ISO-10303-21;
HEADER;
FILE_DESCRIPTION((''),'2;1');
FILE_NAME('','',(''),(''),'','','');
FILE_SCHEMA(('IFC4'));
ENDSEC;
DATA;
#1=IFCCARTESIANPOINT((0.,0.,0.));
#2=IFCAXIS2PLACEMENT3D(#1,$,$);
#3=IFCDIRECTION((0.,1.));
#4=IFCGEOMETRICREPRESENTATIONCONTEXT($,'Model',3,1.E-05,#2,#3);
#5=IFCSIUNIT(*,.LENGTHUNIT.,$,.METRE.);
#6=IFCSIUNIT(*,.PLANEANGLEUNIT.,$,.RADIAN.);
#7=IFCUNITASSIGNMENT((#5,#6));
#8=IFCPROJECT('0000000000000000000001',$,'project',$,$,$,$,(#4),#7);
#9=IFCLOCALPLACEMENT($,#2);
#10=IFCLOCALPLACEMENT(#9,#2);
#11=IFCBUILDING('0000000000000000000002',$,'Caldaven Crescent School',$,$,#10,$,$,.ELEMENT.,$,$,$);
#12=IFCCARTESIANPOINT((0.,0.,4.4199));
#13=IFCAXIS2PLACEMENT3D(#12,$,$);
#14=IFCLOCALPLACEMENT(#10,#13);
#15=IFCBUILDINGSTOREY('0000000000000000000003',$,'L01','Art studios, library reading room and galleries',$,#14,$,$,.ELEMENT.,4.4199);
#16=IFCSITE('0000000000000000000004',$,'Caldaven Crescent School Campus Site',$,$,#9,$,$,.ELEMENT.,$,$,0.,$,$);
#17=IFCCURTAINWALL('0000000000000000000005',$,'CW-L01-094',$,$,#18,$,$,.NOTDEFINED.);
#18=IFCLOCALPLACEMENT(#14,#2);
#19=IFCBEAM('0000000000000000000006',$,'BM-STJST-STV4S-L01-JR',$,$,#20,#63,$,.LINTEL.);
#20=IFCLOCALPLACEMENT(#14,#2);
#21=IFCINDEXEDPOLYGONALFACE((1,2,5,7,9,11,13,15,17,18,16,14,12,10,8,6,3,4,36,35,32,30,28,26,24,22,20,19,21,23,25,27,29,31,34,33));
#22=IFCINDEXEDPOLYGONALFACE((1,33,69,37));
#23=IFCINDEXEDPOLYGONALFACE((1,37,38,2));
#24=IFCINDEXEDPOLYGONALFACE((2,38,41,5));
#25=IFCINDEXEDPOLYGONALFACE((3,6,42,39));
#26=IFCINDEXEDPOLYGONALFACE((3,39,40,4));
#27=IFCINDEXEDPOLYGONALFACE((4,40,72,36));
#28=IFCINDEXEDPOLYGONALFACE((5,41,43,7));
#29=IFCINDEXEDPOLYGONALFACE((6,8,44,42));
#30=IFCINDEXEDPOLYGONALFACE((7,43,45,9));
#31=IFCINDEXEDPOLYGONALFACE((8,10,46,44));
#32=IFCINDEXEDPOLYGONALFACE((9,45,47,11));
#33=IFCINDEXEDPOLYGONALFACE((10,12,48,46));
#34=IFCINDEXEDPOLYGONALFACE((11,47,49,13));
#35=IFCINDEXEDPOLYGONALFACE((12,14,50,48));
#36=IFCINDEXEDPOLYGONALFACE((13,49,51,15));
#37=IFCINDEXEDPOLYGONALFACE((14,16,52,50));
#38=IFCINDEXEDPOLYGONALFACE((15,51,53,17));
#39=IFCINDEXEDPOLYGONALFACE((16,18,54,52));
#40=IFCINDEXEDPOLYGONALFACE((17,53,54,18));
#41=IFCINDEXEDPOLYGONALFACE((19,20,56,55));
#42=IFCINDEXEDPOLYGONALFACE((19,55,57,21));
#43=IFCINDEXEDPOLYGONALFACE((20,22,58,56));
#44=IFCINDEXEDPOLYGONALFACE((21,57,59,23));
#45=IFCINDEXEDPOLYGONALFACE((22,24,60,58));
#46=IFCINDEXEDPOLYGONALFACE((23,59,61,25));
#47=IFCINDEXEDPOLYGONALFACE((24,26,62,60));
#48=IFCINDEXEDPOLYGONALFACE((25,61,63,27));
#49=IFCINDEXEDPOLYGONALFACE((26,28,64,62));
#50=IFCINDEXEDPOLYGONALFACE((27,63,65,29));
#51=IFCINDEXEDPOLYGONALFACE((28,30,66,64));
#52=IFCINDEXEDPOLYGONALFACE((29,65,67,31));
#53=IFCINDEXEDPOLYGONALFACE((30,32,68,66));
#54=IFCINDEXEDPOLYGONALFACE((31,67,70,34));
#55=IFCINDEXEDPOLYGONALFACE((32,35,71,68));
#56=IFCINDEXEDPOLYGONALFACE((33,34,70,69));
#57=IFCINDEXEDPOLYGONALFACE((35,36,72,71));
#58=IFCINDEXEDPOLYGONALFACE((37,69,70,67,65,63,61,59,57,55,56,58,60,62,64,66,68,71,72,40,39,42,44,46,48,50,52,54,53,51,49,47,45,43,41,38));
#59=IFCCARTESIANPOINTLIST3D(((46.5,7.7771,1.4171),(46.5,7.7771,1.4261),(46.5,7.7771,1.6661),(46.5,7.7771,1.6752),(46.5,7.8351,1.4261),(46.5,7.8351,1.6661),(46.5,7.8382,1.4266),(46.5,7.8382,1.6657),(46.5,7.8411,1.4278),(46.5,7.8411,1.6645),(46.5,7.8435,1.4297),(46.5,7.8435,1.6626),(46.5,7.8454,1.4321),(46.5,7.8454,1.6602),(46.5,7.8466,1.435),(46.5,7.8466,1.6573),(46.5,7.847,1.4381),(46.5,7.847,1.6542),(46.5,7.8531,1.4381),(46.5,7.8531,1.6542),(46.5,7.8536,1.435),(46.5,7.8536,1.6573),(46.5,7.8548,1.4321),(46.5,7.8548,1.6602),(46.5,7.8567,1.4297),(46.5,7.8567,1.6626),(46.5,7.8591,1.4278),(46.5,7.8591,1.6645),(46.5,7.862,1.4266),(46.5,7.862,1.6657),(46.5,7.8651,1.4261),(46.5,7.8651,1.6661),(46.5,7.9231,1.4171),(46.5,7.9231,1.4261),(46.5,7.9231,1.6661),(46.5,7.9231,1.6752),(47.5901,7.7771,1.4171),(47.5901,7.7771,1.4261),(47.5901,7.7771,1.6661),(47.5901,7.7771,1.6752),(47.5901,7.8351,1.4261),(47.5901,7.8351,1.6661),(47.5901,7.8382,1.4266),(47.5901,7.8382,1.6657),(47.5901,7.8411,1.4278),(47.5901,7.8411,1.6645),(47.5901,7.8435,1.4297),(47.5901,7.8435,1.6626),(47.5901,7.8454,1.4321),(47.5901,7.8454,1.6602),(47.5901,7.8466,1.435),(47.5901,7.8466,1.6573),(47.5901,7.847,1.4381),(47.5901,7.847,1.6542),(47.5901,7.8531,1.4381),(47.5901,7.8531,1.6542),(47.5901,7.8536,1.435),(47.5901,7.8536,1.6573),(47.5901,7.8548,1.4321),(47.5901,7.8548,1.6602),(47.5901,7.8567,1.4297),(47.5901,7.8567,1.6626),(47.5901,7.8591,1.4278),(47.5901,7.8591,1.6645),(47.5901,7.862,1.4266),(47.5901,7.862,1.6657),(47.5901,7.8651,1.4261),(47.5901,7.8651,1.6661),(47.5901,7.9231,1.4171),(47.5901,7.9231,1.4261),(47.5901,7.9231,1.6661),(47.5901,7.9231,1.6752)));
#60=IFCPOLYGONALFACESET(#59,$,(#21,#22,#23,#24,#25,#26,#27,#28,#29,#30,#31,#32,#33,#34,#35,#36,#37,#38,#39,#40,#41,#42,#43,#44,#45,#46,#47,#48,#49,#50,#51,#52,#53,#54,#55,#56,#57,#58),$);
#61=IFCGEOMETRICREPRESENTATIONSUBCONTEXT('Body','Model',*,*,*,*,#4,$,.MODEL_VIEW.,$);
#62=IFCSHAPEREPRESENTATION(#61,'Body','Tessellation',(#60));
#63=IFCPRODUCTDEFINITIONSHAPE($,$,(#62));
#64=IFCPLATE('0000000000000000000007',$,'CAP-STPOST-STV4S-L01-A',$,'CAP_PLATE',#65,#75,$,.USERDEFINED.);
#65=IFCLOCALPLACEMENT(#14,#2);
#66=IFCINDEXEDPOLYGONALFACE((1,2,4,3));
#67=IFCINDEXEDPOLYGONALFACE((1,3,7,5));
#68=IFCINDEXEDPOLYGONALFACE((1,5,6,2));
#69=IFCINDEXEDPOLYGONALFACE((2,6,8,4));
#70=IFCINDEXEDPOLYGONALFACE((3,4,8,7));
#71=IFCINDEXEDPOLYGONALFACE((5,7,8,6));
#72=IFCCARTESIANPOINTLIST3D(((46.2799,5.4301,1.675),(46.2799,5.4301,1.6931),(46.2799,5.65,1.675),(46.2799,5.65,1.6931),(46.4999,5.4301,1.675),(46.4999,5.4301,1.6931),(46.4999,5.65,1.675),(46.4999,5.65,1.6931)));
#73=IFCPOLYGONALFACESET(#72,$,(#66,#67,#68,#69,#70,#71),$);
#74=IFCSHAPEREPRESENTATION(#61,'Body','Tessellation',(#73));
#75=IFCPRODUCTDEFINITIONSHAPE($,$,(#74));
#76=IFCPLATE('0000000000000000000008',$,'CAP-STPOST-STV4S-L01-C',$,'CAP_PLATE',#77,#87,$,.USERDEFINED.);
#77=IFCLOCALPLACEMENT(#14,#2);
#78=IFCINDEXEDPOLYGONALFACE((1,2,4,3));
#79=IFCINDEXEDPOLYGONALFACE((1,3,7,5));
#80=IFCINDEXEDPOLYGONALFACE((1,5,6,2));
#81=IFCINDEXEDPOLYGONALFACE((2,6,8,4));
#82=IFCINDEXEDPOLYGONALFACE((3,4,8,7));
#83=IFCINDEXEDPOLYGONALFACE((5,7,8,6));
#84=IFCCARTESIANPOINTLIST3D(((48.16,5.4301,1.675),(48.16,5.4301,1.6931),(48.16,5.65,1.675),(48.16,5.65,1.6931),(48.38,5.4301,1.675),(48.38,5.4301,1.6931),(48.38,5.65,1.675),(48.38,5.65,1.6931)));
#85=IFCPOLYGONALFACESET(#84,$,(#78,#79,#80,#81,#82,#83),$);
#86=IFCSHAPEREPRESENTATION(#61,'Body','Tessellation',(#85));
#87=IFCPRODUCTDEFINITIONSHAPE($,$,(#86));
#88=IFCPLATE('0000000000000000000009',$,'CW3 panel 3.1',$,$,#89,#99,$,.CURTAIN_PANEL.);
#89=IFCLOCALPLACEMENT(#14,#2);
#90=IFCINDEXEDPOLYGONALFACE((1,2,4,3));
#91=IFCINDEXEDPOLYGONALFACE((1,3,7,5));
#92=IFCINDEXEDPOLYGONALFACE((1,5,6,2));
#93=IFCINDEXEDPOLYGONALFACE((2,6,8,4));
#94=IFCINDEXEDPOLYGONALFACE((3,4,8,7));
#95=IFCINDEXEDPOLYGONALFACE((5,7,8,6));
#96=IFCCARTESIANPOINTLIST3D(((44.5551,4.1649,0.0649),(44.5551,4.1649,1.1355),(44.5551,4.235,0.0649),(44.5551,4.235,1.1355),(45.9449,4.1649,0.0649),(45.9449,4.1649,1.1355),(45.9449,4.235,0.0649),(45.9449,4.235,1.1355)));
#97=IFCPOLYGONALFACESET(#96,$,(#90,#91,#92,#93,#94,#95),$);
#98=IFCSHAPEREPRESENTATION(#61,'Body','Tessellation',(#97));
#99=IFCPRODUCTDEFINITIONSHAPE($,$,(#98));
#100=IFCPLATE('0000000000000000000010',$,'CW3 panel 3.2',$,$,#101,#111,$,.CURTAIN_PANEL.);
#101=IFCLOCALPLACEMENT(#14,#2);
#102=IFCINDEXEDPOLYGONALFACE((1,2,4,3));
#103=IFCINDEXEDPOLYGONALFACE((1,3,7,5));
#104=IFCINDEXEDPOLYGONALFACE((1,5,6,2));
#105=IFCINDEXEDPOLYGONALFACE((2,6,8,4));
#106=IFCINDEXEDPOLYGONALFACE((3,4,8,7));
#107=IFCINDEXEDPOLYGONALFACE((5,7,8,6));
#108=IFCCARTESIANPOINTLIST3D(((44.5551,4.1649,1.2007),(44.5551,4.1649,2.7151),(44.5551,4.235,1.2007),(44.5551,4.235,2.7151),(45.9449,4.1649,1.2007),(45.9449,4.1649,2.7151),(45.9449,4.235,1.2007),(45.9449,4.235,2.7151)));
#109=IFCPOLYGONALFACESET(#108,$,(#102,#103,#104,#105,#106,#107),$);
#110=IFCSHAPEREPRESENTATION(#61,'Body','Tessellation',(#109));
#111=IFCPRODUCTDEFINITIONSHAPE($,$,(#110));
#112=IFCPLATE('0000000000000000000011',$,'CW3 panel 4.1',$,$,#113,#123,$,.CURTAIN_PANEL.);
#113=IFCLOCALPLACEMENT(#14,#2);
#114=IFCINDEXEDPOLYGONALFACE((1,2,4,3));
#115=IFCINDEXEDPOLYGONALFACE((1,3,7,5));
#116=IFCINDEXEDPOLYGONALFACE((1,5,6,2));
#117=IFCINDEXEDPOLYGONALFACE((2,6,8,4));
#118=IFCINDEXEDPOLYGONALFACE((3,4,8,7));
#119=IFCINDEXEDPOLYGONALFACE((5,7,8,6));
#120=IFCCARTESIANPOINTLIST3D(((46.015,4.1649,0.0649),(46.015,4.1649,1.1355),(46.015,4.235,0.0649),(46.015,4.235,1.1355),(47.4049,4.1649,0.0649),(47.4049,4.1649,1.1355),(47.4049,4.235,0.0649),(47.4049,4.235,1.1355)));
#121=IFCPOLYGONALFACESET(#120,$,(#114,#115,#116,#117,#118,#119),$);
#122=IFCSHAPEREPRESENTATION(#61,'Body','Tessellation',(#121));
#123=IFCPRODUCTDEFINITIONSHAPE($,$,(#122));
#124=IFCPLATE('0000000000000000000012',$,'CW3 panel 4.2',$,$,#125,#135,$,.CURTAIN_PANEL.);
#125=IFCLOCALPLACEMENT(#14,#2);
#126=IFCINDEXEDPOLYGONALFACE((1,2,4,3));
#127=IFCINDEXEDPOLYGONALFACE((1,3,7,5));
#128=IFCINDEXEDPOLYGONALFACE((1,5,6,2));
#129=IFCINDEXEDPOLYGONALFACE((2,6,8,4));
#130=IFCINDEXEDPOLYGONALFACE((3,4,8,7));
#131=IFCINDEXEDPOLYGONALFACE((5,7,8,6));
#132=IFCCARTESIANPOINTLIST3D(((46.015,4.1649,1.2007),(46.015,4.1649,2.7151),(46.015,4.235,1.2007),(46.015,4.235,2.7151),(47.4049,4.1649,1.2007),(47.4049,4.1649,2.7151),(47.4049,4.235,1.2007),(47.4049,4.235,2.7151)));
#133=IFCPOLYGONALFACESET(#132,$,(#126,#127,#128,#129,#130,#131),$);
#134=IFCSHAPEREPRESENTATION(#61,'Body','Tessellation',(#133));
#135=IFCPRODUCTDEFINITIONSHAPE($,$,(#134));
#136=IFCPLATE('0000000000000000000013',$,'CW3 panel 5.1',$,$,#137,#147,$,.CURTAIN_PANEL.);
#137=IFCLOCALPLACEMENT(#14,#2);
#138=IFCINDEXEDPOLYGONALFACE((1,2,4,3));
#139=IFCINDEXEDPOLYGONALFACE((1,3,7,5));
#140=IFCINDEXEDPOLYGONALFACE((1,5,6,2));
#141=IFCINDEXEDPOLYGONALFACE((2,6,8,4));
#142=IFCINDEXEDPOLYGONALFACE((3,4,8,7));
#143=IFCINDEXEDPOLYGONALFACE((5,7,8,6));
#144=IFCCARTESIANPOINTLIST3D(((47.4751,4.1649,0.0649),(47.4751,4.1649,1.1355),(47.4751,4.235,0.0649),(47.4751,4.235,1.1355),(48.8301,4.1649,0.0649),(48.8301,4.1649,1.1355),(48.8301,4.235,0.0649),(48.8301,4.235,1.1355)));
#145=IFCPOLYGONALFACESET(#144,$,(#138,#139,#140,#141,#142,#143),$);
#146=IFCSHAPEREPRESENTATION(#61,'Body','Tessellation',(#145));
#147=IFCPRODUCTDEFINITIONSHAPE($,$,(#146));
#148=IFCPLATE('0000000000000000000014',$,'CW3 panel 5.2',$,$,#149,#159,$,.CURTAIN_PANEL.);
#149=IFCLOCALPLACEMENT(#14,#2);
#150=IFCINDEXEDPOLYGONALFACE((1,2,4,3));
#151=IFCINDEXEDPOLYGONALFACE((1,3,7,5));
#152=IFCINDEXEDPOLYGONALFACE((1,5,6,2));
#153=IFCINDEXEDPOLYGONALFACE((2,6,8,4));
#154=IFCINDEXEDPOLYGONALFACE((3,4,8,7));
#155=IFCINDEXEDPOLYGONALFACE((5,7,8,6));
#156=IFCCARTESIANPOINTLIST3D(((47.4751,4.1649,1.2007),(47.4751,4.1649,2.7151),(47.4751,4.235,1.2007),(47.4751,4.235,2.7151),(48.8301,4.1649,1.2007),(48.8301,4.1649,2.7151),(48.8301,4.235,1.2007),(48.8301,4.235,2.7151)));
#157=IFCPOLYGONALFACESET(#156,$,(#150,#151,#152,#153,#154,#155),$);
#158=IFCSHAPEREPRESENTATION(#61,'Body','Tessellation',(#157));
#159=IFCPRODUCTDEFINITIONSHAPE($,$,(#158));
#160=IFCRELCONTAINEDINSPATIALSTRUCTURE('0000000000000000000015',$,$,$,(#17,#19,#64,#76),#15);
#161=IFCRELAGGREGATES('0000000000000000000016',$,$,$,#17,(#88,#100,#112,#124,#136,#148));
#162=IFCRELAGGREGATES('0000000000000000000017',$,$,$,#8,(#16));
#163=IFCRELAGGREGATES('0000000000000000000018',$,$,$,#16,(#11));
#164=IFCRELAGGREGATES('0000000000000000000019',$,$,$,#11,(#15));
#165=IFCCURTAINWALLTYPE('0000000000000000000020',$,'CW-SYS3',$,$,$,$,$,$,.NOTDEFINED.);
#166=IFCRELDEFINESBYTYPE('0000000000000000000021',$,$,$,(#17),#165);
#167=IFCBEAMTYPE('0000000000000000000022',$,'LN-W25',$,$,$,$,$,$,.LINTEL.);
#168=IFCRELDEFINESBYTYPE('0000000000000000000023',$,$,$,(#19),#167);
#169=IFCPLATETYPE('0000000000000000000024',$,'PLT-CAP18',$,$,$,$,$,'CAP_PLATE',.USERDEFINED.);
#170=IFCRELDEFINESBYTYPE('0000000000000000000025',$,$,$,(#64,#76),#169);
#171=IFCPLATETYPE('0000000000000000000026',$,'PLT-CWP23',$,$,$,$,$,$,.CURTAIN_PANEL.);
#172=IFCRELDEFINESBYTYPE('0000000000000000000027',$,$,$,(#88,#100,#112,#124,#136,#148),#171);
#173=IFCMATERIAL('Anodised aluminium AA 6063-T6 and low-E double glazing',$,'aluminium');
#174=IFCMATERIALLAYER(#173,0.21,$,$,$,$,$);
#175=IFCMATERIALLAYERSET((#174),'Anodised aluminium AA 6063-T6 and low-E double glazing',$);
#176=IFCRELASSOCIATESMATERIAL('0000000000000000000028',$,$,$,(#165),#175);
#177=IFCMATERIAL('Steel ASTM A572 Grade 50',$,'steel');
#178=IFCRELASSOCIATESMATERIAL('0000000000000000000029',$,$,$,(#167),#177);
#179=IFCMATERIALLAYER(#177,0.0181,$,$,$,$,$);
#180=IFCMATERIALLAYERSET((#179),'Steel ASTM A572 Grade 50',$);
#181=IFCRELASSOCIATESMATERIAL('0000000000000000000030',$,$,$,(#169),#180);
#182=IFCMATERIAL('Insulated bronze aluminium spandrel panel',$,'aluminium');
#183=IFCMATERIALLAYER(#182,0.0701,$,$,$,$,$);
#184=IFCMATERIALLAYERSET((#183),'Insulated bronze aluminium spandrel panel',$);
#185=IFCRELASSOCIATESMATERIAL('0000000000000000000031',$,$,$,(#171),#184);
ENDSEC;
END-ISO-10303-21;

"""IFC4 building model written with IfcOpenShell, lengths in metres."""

from ifc_helpers import new_model, si_unit, direction, frame, origin, origin_2d, place, context, subcontext, project, spatial, rectangle, i_section, extrude, material, layer, layer_set, material_profile, profile_set, type_object, element, aggregate, save


model = new_model("IFC4")

# Units and contexts
model_context = context("Model", 3, precision=1e-05, world=origin(), true_north=direction((0.0, 1.0)))
body_context = subcontext(model_context, "Body", "Model", "MODEL_VIEW")
ifc_project = project(units=[si_unit("LENGTHUNIT", "METRE"), si_unit("PLANEANGLEUNIT", "RADIAN")], contexts=[model_context])

# Site, building, storey
site_placement = place(None, origin())
site = spatial("IfcSite", under=ifc_project, at=site_placement, Name="Caldaven Crescent School Campus Site", CompositionType="ELEMENT", RefElevation=0.0)
building_placement = place(site_placement, origin())
building = spatial("IfcBuilding", under=site, at=building_placement, Name="Caldaven Crescent School", CompositionType="ELEMENT")
storey_placement = place(building_placement, frame((0.0, 0.0, 4.4199)))
storey = spatial("IfcBuildingStorey", under=building, at=storey_placement, Name="L01", Description="Art studios, library reading room and galleries", CompositionType="ELEMENT", Elevation=4.4199)

# Shared definitions
ifc_material_1 = material(Name="Steel ASTM A572 Grade 50", Category="steel")

# Curtain wall
ifc_material_2 = material(Name="Anodised aluminium AA 6063-T6 and low-E double glazing", Category="aluminium")
ifc_layer_1 = layer(ifc_material_2, 0.21)
ifc_layer_set_1 = layer_set([ifc_layer_1], Name="Anodised aluminium AA 6063-T6 and low-E double glazing")
curtain_wall_type = type_object("IfcCurtainWallType", Name="CW-SYS3", PredefinedType="NOTDEFINED", material=ifc_layer_set_1)
curtain_wall_placement = place(storey_placement, origin())
curtain_wall = element("IfcCurtainWall", 1, at=curtain_wall_placement, inside=storey, type_object=curtain_wall_type, Name="CW-L01-094", PredefinedType="NOTDEFINED")

# Beam
ifc_material_profile_1 = material_profile(ifc_material_1, i_section(OverallWidth=0.146, OverallDepth=0.2581, WebThickness=0.0061, FlangeThickness=0.009, FilletRadius=0.012, at=origin_2d()), Name="W250x33")
ifc_profile_set_1 = profile_set([ifc_material_profile_1], Name="Steel ASTM A572 Grade 50")
beam_type_1 = type_object("IfcBeamType", Name="LN-W25", PredefinedType="LINTEL", material=ifc_profile_set_1)
for number, where, z_axis, x_axis, name in (
    (2, (46.5, 7.8501, 1.5461), (1.0, 0.0, 0.0), (0.0, 1.0, 0.0), "BM-STJST-STV4S-L01-JR"),
):
    element("IfcBeam", number, at=place(storey_placement, frame(where, z_axis=z_axis, x_axis=x_axis)), inside=storey, type_object=beam_type_1, Name=name, PredefinedType="LINTEL", context=body_context, shape_type="SweptSolid", body=[
        extrude(i_section(OverallWidth=0.146, OverallDepth=0.2581, WebThickness=0.0061, FlangeThickness=0.009, FilletRadius=0.012, at=origin_2d()), origin(), (0.0, 0.0, 1.0), 1.0901),
    ])

# Plates
ifc_layer_2 = layer(ifc_material_1, 0.0181)
ifc_layer_set_2 = layer_set([ifc_layer_2], Name="Steel ASTM A572 Grade 50")
plate_type_1 = type_object("IfcPlateType", Name="PLT-CAP18", ElementType="CAP_PLATE", PredefinedType="USERDEFINED", material=ifc_layer_set_2)
for number, where, z_axis, x_axis, name in (
    (3, (46.3899, 5.54, 1.675), (0.0, 0.0, 1.0), (1.0, 0.0, 0.0), "CAP-STPOST-STV4S-L01-A"),
    (4, (48.27, 5.54, 1.675), (0.0, 0.0, 1.0), (1.0, 0.0, 0.0), "CAP-STPOST-STV4S-L01-C"),
):
    element("IfcPlate", number, at=place(storey_placement, frame(where, z_axis=z_axis, x_axis=x_axis)), inside=storey, type_object=plate_type_1, Name=name, ObjectType="CAP_PLATE", PredefinedType="USERDEFINED", context=body_context, shape_type="SweptSolid", body=[
        extrude(rectangle(XDim=0.22, YDim=0.22, at=origin_2d()), origin(), (0.0, 0.0, 1.0), 0.0181),
    ])

# Plates
ifc_material_3 = material(Name="Insulated bronze aluminium spandrel panel", Category="aluminium")
ifc_layer_3 = layer(ifc_material_3, 0.0701)
ifc_layer_set_3 = layer_set([ifc_layer_3], Name="Insulated bronze aluminium spandrel panel")
plate_type_2 = type_object("IfcPlateType", Name="PLT-CWP23", PredefinedType="CURTAIN_PANEL", material=ifc_layer_set_3)
plate_1_placement = place(storey_placement, frame((45.25, 4.2, 0.0649), z_axis=(0.0, 0.0, 1.0), x_axis=(1.0, 0.0, 0.0)))
plate_1 = element("IfcPlate", 5, at=plate_1_placement, type_object=plate_type_2, Name="CW3 panel 3.1", PredefinedType="CURTAIN_PANEL", context=body_context, shape_type="SweptSolid", body=[
    extrude(rectangle(XDim=1.3899, YDim=0.0701, at=origin_2d()), origin(), (0.0, 0.0, 1.0), 1.0706),
])
plate_2_placement = place(storey_placement, frame((45.25, 4.2, 1.2007), z_axis=(0.0, 0.0, 1.0), x_axis=(1.0, 0.0, 0.0)))
plate_2 = element("IfcPlate", 6, at=plate_2_placement, type_object=plate_type_2, Name="CW3 panel 3.2", PredefinedType="CURTAIN_PANEL", context=body_context, shape_type="SweptSolid", body=[
    extrude(rectangle(XDim=1.3899, YDim=0.0701, at=origin_2d()), origin(), (0.0, 0.0, 1.0), 1.5144),
])
plate_3_placement = place(storey_placement, frame((46.71, 4.2, 0.0649), z_axis=(0.0, 0.0, 1.0), x_axis=(1.0, 0.0, 0.0)))
plate_3 = element("IfcPlate", 7, at=plate_3_placement, type_object=plate_type_2, Name="CW3 panel 4.1", PredefinedType="CURTAIN_PANEL", context=body_context, shape_type="SweptSolid", body=[
    extrude(rectangle(XDim=1.3899, YDim=0.0701, at=origin_2d()), origin(), (0.0, 0.0, 1.0), 1.0706),
])
plate_4_placement = place(storey_placement, frame((46.71, 4.2, 1.2007), z_axis=(0.0, 0.0, 1.0), x_axis=(1.0, 0.0, 0.0)))
plate_4 = element("IfcPlate", 8, at=plate_4_placement, type_object=plate_type_2, Name="CW3 panel 4.2", PredefinedType="CURTAIN_PANEL", context=body_context, shape_type="SweptSolid", body=[
    extrude(rectangle(XDim=1.3899, YDim=0.0701, at=origin_2d()), origin(), (0.0, 0.0, 1.0), 1.5144),
])
plate_5_placement = place(storey_placement, frame((48.1526, 4.2, 0.0649), z_axis=(0.0, 0.0, 1.0), x_axis=(1.0, 0.0, 0.0)))
plate_5 = element("IfcPlate", 9, at=plate_5_placement, type_object=plate_type_2, Name="CW3 panel 5.1", PredefinedType="CURTAIN_PANEL", context=body_context, shape_type="SweptSolid", body=[
    extrude(rectangle(XDim=1.355, YDim=0.0701, at=origin_2d()), origin(), (0.0, 0.0, 1.0), 1.0706),
])
plate_6_placement = place(storey_placement, frame((48.1526, 4.2, 1.2007), z_axis=(0.0, 0.0, 1.0), x_axis=(1.0, 0.0, 0.0)))
plate_6 = element("IfcPlate", 10, at=plate_6_placement, type_object=plate_type_2, Name="CW3 panel 5.2", PredefinedType="CURTAIN_PANEL", context=body_context, shape_type="SweptSolid", body=[
    extrude(rectangle(XDim=1.355, YDim=0.0701, at=origin_2d()), origin(), (0.0, 0.0, 1.0), 1.5144),
])
aggregate(curtain_wall, [plate_1, plate_2, plate_3, plate_4, plate_5, plate_6])

save(model, "model.ifc")
